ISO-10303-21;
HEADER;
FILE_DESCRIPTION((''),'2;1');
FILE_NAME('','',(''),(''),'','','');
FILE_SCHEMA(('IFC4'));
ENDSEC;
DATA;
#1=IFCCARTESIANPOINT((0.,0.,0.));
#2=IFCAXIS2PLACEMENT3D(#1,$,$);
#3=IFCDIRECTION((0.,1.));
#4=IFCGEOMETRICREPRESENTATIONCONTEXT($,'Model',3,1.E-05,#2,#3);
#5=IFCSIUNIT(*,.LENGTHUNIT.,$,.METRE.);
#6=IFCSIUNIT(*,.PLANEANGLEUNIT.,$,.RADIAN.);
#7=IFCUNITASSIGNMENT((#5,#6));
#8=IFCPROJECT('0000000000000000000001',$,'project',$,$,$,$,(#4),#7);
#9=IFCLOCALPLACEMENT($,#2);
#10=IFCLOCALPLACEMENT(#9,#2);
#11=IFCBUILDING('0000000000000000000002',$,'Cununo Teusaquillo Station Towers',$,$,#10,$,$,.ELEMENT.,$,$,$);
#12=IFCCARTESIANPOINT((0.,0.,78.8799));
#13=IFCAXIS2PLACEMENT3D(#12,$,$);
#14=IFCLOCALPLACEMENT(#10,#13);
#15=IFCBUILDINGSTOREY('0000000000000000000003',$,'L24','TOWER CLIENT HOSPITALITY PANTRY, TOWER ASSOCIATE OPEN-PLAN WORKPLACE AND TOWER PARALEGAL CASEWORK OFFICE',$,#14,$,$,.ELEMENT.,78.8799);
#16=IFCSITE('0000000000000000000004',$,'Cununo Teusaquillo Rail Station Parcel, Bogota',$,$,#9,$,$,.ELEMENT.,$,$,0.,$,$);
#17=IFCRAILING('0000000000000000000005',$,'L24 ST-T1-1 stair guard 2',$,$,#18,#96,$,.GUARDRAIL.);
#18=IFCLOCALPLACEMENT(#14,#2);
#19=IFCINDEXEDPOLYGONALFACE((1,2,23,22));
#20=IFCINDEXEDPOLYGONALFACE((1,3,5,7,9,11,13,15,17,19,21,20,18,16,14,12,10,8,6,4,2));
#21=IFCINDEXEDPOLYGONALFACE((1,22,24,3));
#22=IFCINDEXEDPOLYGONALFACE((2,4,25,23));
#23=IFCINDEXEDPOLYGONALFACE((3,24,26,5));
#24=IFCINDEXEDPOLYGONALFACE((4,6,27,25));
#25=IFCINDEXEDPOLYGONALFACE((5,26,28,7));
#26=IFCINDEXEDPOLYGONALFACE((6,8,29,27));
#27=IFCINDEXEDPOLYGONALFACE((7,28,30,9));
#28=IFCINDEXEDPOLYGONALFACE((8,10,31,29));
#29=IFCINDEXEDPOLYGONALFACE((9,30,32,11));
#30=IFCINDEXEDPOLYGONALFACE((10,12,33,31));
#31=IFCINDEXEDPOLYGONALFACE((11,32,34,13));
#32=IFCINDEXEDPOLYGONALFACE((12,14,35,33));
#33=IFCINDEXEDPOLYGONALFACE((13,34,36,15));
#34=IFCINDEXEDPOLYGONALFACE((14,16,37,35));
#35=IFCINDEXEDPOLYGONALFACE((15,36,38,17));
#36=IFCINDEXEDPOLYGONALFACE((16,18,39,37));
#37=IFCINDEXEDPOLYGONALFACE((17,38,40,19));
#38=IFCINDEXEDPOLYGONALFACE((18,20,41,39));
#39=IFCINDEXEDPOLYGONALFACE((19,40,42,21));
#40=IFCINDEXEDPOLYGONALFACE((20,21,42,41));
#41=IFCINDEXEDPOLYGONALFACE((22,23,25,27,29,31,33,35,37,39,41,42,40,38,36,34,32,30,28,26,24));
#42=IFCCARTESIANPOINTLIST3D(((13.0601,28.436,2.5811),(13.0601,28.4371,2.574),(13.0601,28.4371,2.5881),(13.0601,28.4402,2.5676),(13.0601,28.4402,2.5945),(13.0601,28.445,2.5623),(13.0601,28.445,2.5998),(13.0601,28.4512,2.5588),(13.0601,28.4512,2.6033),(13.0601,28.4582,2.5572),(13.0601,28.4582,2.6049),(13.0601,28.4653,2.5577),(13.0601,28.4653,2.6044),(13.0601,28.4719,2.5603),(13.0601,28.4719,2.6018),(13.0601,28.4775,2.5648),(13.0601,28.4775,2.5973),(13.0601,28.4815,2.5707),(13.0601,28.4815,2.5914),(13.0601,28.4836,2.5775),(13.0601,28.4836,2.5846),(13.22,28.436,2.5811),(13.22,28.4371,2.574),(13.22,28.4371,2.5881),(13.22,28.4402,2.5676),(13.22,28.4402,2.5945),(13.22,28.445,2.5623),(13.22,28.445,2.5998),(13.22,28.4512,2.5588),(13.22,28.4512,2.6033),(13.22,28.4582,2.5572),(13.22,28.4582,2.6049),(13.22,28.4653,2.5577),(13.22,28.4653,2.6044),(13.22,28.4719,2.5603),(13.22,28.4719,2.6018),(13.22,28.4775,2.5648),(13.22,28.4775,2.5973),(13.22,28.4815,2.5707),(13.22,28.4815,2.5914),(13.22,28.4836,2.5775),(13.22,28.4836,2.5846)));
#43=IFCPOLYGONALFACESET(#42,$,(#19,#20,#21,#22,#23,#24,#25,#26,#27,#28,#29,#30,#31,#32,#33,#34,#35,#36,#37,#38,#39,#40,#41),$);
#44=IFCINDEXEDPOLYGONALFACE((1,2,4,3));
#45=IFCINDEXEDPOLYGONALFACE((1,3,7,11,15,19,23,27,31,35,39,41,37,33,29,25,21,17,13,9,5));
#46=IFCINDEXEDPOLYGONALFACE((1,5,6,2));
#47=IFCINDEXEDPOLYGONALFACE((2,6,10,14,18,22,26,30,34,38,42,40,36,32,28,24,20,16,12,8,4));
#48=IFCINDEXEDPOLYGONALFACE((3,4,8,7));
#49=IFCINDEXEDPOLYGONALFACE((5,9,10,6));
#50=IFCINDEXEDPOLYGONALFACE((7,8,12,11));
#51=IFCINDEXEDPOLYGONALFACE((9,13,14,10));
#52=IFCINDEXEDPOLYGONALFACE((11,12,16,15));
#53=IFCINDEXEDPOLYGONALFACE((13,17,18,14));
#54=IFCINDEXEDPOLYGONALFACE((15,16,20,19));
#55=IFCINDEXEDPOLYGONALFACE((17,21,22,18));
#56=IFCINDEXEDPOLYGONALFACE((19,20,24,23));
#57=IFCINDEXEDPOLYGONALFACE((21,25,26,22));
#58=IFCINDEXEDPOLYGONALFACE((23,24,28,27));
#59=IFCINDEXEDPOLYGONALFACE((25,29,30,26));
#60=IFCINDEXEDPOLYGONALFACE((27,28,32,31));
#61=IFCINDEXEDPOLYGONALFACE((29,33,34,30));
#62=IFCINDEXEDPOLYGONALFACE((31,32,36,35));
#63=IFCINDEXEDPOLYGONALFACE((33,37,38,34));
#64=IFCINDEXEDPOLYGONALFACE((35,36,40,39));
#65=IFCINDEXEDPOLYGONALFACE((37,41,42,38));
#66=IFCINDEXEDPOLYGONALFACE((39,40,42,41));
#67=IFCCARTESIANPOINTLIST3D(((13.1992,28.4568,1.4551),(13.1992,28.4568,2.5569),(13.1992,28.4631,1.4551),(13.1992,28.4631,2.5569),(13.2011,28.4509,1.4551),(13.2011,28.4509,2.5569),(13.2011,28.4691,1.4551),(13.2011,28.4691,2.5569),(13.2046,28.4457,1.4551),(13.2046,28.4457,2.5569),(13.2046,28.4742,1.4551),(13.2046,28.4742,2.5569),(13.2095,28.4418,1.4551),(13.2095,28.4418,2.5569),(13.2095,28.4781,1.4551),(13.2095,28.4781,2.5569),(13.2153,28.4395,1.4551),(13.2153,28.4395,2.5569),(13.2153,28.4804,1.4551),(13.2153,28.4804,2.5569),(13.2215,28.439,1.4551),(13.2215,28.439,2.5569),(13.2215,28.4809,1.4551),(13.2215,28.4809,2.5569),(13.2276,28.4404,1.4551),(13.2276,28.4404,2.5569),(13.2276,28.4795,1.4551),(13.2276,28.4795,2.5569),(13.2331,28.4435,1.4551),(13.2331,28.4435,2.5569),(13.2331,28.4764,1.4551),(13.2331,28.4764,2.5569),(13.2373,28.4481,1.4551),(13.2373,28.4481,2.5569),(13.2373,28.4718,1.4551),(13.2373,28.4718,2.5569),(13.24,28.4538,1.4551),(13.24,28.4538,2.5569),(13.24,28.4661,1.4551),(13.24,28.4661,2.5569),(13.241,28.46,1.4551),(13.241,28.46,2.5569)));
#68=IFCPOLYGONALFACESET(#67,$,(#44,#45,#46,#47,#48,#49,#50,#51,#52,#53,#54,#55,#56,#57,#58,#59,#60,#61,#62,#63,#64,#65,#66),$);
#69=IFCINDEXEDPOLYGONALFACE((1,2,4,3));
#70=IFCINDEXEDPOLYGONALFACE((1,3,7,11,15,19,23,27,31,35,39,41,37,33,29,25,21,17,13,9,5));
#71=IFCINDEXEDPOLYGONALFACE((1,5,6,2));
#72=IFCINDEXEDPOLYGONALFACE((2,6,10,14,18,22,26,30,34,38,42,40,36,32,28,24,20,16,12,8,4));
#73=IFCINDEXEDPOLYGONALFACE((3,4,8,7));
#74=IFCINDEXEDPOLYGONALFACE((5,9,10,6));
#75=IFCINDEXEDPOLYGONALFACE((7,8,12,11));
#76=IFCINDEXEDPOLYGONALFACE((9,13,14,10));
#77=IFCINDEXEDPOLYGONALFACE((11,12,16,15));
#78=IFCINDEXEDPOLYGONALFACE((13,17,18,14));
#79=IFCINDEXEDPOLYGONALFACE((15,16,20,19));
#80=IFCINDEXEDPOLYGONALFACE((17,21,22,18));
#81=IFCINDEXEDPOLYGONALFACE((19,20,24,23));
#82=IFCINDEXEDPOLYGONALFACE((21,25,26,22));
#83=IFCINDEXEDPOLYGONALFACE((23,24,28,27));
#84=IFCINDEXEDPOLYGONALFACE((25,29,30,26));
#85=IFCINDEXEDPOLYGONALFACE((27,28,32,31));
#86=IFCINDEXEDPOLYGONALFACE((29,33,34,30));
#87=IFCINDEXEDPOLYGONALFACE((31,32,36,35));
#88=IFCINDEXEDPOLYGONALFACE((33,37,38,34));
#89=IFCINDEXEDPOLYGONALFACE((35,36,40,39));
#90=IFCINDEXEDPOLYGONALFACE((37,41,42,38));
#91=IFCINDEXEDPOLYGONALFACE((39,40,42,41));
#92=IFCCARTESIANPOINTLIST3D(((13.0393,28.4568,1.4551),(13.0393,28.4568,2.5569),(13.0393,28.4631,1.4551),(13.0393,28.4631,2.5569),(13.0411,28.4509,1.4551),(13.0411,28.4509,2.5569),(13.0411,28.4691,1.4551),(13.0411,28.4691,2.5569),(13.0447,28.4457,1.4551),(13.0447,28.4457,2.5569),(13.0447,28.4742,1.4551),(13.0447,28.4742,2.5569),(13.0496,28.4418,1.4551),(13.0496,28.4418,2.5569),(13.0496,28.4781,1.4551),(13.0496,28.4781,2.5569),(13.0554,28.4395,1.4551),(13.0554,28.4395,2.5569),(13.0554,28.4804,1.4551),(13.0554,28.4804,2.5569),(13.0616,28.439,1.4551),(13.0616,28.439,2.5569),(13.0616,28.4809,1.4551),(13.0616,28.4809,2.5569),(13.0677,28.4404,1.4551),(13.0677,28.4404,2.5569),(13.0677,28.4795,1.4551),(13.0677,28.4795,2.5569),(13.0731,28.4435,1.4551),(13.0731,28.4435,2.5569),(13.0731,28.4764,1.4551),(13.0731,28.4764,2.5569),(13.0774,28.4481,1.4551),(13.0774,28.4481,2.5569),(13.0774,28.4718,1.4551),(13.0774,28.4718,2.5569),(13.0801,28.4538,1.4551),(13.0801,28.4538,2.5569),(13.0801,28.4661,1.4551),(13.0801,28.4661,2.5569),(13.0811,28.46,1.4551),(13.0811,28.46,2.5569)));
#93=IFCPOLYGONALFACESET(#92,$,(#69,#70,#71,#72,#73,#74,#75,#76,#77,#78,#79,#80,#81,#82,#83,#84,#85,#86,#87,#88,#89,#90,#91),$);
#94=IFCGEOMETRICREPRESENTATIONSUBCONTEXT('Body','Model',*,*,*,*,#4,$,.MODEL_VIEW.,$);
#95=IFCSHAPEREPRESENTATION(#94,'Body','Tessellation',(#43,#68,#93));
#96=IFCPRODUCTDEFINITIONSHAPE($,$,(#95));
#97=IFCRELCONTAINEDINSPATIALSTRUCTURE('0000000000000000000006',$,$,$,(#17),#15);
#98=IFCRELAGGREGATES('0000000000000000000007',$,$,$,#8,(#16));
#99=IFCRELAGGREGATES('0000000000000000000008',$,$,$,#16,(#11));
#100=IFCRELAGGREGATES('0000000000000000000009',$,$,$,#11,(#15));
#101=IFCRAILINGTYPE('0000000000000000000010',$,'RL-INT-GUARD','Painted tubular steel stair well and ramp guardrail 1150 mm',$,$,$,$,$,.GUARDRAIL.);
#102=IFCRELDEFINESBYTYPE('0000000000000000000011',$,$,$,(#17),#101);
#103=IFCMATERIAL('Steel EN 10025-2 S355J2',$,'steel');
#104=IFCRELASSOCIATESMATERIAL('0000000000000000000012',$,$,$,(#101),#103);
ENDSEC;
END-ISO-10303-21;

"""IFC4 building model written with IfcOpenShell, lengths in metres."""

from ifc_helpers import new_model, si_unit, direction, frame, origin, origin_2d, place, context, subcontext, project, spatial, circle, extrude, material, type_object, element, save


model = new_model("IFC4")

# Units and contexts
model_context = context("Model", 3, precision=1e-05, world=origin(), true_north=direction((0.0, 1.0)))
body_context = subcontext(model_context, "Body", "Model", "MODEL_VIEW")
ifc_project = project(units=[si_unit("LENGTHUNIT", "METRE"), si_unit("PLANEANGLEUNIT", "RADIAN")], contexts=[model_context])

# Site, building, storey
site_placement = place(None, origin())
site = spatial("IfcSite", under=ifc_project, at=site_placement, Name="Cununo Teusaquillo Rail Station Parcel, Bogota", CompositionType="ELEMENT", RefElevation=0.0)
building_placement = place(site_placement, origin())
building = spatial("IfcBuilding", under=site, at=building_placement, Name="Cununo Teusaquillo Station Towers", CompositionType="ELEMENT")
storey_placement = place(building_placement, frame((0.0, 0.0, 78.8799)))
storey = spatial("IfcBuildingStorey", under=building, at=storey_placement, Name="L24", Description="TOWER CLIENT HOSPITALITY PANTRY, TOWER ASSOCIATE OPEN-PLAN WORKPLACE AND TOWER PARALEGAL CASEWORK OFFICE", CompositionType="ELEMENT", Elevation=78.8799)

# Railing
ifc_material_1 = material(Name="Steel EN 10025-2 S355J2", Category="steel")
railing_type_1 = type_object("IfcRailingType", Name="RL-INT-GUARD", Description="Painted tubular steel stair well and ramp guardrail 1150 mm", PredefinedType="GUARDRAIL", material=ifc_material_1)
railing_1_placement = place(storey_placement, frame((13.22, 28.46, 1.4551)))
element("IfcRailing", 1, at=railing_1_placement, inside=storey, type_object=railing_type_1, Name="L24 ST-T1-1 stair guard 2", PredefinedType="GUARDRAIL", context=body_context, shape_type="SweptSolid", body=[
    extrude(circle(Radius=0.0239, at=origin_2d()), frame((0.0, 0.0, 1.126), z_axis=(-1.0, 0.0, 0.0), x_axis=(0.0, -1.0, 0.0)), (0.0, 0.0, 1.0), 0.1599),
    extrude(circle(Radius=0.021, at=origin_2d()), origin(), (0.0, 0.0, 1.0), 1.1018),
    extrude(circle(Radius=0.021, at=origin_2d()), frame((-0.1599, 0.0, 0.0)), (0.0, 0.0, 1.0), 1.1018),
])

save(model, "model.ifc")
